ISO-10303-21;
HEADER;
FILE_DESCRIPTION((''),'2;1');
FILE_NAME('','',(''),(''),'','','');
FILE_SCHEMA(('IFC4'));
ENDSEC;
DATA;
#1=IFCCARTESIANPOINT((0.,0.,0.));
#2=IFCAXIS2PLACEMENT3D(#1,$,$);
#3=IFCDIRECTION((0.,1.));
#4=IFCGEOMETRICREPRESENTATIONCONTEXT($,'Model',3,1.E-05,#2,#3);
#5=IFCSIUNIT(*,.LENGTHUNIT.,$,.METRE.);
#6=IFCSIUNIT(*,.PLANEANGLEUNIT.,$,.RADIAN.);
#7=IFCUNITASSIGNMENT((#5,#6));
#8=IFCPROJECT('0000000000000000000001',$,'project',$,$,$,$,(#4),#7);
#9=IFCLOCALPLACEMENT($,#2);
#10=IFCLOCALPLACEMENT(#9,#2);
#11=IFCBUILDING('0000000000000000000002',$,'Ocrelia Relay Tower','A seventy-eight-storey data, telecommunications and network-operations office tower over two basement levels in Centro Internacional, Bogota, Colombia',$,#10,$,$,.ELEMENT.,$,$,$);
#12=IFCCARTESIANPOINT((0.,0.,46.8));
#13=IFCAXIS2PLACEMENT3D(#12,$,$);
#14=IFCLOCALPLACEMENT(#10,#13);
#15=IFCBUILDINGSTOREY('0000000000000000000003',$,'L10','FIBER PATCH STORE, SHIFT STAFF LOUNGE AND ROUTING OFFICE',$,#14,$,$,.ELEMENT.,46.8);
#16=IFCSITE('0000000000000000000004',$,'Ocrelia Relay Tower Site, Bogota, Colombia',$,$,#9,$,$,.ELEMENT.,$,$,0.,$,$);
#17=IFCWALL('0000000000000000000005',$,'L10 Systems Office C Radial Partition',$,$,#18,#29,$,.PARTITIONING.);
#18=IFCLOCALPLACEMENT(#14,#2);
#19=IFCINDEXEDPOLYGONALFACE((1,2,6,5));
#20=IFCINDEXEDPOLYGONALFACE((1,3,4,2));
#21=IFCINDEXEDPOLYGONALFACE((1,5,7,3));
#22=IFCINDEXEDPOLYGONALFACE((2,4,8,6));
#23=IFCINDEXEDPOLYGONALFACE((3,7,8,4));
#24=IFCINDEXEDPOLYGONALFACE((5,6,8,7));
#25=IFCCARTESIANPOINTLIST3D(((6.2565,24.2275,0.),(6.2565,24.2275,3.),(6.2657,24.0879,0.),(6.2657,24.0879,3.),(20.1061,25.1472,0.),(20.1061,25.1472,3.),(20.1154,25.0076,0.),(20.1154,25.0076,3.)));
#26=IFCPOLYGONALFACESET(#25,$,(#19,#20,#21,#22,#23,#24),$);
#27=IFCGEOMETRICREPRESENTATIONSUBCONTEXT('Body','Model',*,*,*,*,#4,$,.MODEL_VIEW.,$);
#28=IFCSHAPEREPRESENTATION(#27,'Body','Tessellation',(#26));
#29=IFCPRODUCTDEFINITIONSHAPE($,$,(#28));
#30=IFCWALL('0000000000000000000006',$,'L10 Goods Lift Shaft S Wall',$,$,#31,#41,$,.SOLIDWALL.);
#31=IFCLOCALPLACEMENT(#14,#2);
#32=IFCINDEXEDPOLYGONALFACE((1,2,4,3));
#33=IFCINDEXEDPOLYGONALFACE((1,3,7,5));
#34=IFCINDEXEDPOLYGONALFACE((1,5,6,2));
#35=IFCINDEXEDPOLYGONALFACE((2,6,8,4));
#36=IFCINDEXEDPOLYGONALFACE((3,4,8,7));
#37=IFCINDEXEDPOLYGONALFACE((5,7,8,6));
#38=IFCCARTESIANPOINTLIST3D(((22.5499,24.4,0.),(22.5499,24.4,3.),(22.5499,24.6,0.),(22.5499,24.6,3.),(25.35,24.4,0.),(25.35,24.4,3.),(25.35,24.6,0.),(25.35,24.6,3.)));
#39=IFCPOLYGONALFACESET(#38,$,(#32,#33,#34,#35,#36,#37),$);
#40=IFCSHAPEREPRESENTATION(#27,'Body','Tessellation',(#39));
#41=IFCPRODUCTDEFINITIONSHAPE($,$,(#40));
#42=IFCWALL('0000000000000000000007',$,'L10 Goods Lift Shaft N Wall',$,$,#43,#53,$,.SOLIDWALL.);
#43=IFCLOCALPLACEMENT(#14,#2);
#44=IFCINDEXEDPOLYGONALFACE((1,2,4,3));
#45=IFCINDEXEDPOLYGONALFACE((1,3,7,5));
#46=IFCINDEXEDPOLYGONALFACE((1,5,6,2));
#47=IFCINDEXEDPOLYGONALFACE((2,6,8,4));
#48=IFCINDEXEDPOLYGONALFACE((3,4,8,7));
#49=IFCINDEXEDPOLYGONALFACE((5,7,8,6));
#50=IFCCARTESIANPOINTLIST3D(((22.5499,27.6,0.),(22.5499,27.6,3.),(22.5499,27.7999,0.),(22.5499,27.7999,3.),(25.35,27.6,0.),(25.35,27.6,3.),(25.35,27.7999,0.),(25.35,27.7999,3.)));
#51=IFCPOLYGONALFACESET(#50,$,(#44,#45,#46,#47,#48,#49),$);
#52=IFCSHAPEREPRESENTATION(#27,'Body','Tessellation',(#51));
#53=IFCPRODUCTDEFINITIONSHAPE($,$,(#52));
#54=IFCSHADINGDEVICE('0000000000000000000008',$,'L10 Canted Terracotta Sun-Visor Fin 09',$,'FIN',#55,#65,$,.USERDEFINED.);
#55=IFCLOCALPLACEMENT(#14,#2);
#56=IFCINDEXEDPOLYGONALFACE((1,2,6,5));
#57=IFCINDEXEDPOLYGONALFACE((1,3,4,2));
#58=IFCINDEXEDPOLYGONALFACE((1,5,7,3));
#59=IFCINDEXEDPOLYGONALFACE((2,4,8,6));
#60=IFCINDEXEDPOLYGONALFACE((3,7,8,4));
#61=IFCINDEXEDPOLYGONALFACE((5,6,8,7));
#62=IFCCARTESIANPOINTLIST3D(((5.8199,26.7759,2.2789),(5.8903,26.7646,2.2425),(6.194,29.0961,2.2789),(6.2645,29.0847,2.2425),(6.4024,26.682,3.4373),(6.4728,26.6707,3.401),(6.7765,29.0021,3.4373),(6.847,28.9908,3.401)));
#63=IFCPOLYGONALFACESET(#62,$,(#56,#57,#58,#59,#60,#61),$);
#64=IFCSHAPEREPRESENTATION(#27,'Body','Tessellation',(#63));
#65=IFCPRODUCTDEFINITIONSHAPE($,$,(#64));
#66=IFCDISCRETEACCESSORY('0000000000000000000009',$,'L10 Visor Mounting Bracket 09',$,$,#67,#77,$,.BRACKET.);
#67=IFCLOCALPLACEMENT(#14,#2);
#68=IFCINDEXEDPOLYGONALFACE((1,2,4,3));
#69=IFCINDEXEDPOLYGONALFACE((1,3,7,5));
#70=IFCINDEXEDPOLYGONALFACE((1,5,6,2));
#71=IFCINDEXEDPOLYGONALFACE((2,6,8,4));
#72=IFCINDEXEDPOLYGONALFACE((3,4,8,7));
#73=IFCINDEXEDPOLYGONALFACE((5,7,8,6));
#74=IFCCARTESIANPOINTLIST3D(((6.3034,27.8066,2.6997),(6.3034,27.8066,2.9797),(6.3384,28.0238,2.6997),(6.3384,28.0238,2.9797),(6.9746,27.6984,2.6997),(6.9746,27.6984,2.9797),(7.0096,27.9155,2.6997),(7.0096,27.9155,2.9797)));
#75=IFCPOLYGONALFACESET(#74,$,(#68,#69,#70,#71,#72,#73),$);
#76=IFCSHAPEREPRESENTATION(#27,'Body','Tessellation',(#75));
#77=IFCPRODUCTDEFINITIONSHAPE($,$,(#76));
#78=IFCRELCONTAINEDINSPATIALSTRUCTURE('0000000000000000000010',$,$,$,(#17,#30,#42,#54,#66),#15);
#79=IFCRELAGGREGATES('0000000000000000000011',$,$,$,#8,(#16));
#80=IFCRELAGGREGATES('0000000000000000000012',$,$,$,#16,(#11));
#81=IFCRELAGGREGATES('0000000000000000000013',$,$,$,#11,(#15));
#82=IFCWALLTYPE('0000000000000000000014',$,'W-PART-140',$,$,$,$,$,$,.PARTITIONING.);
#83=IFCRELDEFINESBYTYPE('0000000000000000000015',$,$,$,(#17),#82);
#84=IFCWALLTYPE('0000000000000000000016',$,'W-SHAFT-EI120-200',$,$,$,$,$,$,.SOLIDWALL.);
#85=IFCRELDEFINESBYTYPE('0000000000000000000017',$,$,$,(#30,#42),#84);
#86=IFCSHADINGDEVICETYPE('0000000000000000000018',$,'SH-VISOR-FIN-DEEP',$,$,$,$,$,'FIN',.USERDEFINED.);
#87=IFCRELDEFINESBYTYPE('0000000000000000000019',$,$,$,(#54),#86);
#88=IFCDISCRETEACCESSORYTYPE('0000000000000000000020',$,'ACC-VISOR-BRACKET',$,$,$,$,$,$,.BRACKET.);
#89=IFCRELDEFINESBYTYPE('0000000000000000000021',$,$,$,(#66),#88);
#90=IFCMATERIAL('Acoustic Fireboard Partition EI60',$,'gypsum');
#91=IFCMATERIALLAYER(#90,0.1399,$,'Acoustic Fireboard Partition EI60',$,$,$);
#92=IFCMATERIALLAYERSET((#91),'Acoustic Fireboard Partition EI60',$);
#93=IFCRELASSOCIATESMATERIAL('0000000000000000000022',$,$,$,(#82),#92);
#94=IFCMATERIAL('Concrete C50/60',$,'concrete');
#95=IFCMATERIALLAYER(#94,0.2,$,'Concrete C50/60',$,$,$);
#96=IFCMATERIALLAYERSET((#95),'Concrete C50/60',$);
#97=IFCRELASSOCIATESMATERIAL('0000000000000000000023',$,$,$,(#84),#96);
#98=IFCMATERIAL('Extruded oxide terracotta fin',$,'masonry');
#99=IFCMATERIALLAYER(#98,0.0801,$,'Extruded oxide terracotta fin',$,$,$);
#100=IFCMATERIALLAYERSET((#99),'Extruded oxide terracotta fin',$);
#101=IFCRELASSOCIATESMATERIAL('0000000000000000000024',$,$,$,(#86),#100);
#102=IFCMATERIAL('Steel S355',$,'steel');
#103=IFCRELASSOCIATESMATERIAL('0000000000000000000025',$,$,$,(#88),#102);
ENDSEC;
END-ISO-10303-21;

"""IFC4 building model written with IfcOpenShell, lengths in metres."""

from ifc_helpers import new_model, si_unit, direction, frame, frame_2d, origin, origin_2d, place, context, subcontext, project, spatial, rectangle, extrude, material, layer, layer_set, type_object, element, save


model = new_model("IFC4")

# Units and contexts
model_context = context("Model", 3, precision=1e-05, world=origin(), true_north=direction((0.0, 1.0)))
body_context = subcontext(model_context, "Body", "Model", "MODEL_VIEW")
ifc_project = project(units=[si_unit("LENGTHUNIT", "METRE"), si_unit("PLANEANGLEUNIT", "RADIAN")], contexts=[model_context])

# Site, building, storey
site_placement = place(None, origin())
site = spatial("IfcSite", under=ifc_project, at=site_placement, Name="Ocrelia Relay Tower Site, Bogota, Colombia", CompositionType="ELEMENT", RefElevation=0.0)
building_placement = place(site_placement, origin())
building = spatial("IfcBuilding", under=site, at=building_placement, Name="Ocrelia Relay Tower", Description="A seventy-eight-storey data, telecommunications and network-operations office tower over two basement levels in Centro Internacional, Bogota, Colombia", CompositionType="ELEMENT")
storey_placement = place(building_placement, frame((0.0, 0.0, 46.8)))
storey = spatial("IfcBuildingStorey", under=building, at=storey_placement, Name="L10", Description="FIBER PATCH STORE, SHIFT STAFF LOUNGE AND ROUTING OFFICE", CompositionType="ELEMENT", Elevation=46.8)

# Shared definitions
ifc_material_1 = material(Name="Steel S355", Category="steel")

# Walls
ifc_material_2 = material(Name="Acoustic Fireboard Partition EI60", Category="gypsum")
ifc_layer_1 = layer(ifc_material_2, 0.1399, Name="Acoustic Fireboard Partition EI60")
ifc_layer_set_1 = layer_set([ifc_layer_1], Name="Acoustic Fireboard Partition EI60")
wall_type_1 = type_object("IfcWallType", Name="W-PART-140", PredefinedType="PARTITIONING", material=ifc_layer_set_1)
wall_1_placement = place(storey_placement, frame((20.1106, 25.0774, 0.0), z_axis=(0.0, 0.0, 1.0), x_axis=(-0.997802, -0.066259, 0.0)))
element("IfcWall", 1, at=wall_1_placement, inside=storey, type_object=wall_type_1, Name="L10 Systems Office C Radial Partition", PredefinedType="PARTITIONING", context=body_context, shape_type="SweptSolid", body=[
    extrude(rectangle(XDim=13.8801, YDim=0.1399, at=frame_2d((6.9399, 0.0))), origin(), (0.0, 0.0, 1.0), 3.0),
])
ifc_material_3 = material(Name="Concrete C50/60", Category="concrete")
ifc_layer_2 = layer(ifc_material_3, 0.2, Name="Concrete C50/60")
ifc_layer_set_2 = layer_set([ifc_layer_2], Name="Concrete C50/60")
wall_type_2 = type_object("IfcWallType", Name="W-SHAFT-EI120-200", PredefinedType="SOLIDWALL", material=ifc_layer_set_2)
for number, where, z_axis, x_axis, name in (
    (2, (22.55, 24.5, 0.0), (0.0, 0.0, 1.0), (1.0, 0.0, 0.0), "L10 Goods Lift Shaft S Wall"),
    (3, (22.55, 27.7, 0.0), (0.0, 0.0, 1.0), (1.0, 0.0, 0.0), "L10 Goods Lift Shaft N Wall"),
):
    element("IfcWall", number, at=place(storey_placement, frame(where, z_axis=z_axis, x_axis=x_axis)), inside=storey, type_object=wall_type_2, Name=name, PredefinedType="SOLIDWALL", context=body_context, shape_type="SweptSolid", body=[
        extrude(rectangle(XDim=2.8, YDim=0.2, at=frame_2d((1.3999, 0.0))), origin(), (0.0, 0.0, 1.0), 3.0),
    ])

# Shading device
ifc_material_4 = material(Name="Extruded oxide terracotta fin", Category="masonry")
ifc_layer_3 = layer(ifc_material_4, 0.0801, Name="Extruded oxide terracotta fin")
ifc_layer_set_3 = layer_set([ifc_layer_3], Name="Extruded oxide terracotta fin")
shading_device_type = type_object("IfcShadingDeviceType", Name="SH-VISOR-FIN-DEEP", ElementType="FIN", PredefinedType="USERDEFINED", material=ifc_layer_set_3)
shading_device_placement = place(storey_placement, frame((6.3687, 27.8777, 2.8218), z_axis=(-0.879721, 0.141862, 0.453835), x_axis=(-0.159201, -0.987246, 0.0)))
element("IfcShadingDevice", 4, at=shading_device_placement, inside=storey, type_object=shading_device_type, Name="L10 Canted Terracotta Sun-Visor Fin 09", ObjectType="FIN", PredefinedType="USERDEFINED", context=body_context, shape_type="SweptSolid", body=[
    extrude(rectangle(XDim=2.3501, YDim=1.3, at=origin_2d()), origin(), (0.0, 0.0, 1.0), 0.0801),
])

# Discrete accessory
discrete_accessory_type = type_object("IfcDiscreteAccessoryType", Name="ACC-VISOR-BRACKET", PredefinedType="BRACKET", material=ifc_material_1)
discrete_accessory_placement = place(storey_placement, frame((6.6565, 27.8611, 2.6997), z_axis=(0.0, 0.0, 1.0), x_axis=(-0.159201, -0.987246, 0.0)))
element("IfcDiscreteAccessory", 5, at=discrete_accessory_placement, inside=storey, type_object=discrete_accessory_type, Name="L10 Visor Mounting Bracket 09", PredefinedType="BRACKET", context=body_context, shape_type="SweptSolid", body=[
    extrude(rectangle(XDim=0.22, YDim=0.6799, at=origin_2d()), origin(), (0.0, 0.0, 1.0), 0.28),
])

save(model, "model.ifc")
